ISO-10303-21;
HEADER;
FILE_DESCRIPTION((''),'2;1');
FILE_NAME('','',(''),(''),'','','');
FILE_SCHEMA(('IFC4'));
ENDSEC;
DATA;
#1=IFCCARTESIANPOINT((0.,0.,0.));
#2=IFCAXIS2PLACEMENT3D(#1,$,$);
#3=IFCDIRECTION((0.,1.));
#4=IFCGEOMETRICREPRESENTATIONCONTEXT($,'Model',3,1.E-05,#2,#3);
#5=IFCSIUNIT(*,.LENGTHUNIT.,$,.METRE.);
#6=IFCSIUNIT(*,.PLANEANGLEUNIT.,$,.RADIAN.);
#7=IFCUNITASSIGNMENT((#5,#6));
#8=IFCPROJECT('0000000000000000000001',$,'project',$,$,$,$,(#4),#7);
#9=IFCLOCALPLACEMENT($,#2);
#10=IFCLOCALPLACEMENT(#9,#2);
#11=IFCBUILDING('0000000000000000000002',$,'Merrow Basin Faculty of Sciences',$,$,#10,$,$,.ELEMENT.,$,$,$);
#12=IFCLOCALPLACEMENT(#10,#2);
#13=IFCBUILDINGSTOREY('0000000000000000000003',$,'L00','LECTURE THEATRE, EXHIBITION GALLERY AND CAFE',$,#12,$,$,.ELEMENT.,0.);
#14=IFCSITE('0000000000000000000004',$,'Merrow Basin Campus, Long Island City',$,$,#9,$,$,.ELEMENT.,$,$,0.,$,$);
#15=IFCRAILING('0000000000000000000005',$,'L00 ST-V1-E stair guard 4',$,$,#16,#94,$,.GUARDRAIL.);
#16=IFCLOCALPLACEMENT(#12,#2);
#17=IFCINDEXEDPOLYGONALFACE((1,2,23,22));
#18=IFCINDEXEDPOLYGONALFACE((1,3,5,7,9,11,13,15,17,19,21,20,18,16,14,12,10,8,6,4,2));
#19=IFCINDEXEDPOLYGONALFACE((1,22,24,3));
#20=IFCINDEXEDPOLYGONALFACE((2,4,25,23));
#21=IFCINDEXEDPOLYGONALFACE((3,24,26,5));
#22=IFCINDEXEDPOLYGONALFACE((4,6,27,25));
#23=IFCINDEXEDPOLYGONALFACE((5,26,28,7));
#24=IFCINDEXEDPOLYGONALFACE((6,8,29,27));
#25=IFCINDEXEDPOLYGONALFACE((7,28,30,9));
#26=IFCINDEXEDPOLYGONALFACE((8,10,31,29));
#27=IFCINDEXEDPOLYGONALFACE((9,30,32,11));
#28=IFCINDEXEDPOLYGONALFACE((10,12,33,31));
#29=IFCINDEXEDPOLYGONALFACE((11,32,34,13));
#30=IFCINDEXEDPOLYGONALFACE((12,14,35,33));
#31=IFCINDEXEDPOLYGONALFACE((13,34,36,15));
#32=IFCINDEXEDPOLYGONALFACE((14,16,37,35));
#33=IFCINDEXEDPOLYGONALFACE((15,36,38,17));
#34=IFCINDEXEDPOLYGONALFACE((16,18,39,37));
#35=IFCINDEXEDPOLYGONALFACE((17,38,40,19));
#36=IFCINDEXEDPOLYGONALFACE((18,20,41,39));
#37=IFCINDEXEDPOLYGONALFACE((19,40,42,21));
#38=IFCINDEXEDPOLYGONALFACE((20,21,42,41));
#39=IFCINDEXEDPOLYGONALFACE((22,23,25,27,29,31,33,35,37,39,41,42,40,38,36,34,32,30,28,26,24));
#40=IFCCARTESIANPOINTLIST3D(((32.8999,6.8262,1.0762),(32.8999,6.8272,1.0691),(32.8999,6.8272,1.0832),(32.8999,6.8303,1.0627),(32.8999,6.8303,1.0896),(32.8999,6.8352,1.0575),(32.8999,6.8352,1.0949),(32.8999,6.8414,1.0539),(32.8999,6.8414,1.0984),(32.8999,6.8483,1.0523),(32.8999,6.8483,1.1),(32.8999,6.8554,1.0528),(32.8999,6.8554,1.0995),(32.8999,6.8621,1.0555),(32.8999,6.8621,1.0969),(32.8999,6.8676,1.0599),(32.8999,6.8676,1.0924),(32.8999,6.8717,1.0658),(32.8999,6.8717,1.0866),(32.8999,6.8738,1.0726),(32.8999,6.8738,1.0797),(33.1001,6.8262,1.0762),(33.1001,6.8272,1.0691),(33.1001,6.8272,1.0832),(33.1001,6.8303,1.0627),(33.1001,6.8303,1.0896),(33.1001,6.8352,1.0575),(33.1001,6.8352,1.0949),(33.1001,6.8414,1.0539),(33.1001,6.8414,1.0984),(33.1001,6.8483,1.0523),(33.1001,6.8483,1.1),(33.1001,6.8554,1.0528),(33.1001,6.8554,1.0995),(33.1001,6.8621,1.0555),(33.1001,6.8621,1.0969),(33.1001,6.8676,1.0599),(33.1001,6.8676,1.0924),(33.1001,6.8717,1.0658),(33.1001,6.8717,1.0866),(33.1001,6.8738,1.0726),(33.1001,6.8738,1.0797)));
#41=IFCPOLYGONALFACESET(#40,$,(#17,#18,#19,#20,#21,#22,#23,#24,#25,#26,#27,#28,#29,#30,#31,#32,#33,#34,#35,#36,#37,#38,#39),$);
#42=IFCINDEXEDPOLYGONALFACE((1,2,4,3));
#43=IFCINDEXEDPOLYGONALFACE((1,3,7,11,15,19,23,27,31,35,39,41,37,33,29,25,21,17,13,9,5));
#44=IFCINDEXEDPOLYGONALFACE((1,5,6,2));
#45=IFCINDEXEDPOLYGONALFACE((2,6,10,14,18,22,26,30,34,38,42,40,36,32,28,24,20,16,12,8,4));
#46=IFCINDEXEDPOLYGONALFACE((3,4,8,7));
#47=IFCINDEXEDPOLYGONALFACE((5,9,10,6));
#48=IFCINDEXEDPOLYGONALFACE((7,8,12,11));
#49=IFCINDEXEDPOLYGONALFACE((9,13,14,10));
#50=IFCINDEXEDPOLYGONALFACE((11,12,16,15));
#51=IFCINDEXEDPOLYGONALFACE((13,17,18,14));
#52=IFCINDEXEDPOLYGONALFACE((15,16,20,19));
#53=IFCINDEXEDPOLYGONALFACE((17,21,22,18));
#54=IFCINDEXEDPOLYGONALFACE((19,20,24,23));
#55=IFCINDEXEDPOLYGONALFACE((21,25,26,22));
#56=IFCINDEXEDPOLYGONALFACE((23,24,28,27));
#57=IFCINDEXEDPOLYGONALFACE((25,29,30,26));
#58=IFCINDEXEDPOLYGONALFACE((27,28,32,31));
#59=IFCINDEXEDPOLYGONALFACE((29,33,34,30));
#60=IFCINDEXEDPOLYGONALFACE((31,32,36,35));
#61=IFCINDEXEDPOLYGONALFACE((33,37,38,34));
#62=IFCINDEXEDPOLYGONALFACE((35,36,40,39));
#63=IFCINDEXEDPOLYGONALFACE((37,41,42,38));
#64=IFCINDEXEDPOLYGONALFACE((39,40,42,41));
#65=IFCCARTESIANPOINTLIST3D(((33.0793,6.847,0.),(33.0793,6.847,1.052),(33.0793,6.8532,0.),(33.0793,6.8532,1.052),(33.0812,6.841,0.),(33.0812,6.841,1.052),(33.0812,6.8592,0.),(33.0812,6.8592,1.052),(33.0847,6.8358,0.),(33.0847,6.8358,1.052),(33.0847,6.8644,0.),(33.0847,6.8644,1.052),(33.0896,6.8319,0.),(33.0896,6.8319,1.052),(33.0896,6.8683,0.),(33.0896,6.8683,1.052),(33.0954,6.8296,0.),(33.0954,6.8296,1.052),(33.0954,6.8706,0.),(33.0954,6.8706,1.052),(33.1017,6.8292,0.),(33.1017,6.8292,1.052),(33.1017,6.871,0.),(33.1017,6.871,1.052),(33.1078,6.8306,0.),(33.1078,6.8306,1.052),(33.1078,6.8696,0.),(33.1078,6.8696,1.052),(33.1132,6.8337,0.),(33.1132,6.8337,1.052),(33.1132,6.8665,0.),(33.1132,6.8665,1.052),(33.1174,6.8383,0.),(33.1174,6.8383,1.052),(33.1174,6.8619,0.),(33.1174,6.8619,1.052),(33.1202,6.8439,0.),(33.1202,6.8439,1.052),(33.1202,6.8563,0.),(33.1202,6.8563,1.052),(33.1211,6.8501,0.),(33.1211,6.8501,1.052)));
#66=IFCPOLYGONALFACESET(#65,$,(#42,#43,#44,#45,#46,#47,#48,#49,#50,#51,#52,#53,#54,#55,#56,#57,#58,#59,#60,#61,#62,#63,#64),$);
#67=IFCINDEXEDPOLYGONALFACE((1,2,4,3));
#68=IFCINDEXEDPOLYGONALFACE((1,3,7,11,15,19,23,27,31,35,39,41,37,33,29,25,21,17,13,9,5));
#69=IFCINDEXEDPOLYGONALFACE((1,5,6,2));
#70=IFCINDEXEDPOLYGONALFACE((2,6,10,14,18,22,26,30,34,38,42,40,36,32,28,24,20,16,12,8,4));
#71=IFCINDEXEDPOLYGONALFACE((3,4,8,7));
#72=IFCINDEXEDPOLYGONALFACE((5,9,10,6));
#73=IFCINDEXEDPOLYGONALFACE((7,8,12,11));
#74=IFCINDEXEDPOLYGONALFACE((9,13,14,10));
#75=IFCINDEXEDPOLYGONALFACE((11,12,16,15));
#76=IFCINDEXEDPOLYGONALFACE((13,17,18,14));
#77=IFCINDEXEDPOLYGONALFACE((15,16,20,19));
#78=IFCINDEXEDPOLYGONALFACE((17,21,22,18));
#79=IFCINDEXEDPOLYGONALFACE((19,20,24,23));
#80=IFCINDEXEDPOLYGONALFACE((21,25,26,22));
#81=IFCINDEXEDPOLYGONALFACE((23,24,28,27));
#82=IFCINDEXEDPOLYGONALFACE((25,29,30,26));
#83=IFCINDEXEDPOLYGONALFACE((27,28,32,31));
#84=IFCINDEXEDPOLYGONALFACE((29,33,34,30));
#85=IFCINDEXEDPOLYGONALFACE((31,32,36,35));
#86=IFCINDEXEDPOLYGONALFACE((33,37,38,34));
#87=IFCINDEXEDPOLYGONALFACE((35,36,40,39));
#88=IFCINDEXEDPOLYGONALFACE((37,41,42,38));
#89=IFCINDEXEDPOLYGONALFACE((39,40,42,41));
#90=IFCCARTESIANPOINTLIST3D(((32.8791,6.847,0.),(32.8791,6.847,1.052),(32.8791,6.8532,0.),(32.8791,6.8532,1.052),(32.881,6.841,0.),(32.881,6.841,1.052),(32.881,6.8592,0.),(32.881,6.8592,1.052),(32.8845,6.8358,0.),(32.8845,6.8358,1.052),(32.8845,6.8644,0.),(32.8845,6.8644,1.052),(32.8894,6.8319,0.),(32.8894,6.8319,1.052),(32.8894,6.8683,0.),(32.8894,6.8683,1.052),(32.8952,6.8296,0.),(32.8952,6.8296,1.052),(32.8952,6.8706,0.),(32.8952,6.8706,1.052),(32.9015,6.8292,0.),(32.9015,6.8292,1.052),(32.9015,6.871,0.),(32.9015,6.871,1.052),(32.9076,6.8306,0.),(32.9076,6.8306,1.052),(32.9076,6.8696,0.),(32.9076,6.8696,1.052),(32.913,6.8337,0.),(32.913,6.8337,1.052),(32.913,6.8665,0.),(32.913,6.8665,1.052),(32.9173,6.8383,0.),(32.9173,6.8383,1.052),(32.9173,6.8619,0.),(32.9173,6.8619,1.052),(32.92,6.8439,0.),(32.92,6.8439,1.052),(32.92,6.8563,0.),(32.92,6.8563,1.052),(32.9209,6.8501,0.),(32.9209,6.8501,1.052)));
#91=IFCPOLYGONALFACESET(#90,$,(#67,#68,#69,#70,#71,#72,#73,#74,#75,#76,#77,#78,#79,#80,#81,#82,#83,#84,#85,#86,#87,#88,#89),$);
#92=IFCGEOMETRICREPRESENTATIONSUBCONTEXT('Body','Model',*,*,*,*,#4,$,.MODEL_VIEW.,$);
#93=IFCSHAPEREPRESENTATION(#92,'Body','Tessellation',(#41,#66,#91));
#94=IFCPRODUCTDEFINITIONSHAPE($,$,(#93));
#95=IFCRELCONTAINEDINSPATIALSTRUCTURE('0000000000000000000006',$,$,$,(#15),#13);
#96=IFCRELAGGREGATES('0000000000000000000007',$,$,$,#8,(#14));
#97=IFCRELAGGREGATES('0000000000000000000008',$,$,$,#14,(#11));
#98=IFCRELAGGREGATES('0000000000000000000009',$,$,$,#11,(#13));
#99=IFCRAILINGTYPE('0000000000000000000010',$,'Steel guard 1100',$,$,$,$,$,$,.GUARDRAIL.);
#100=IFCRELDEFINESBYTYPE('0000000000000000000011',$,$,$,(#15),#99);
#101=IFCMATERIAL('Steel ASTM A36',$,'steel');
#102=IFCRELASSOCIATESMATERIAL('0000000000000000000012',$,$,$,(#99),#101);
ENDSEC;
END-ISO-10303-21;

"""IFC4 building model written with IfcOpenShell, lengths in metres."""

from ifc_helpers import new_model, si_unit, direction, frame, origin, origin_2d, place, context, subcontext, project, spatial, circle, extrude, material, type_object, element, save


model = new_model("IFC4")

# Units and contexts
model_context = context("Model", 3, precision=1e-05, world=origin(), true_north=direction((0.0, 1.0)))
body_context = subcontext(model_context, "Body", "Model", "MODEL_VIEW")
ifc_project = project(units=[si_unit("LENGTHUNIT", "METRE"), si_unit("PLANEANGLEUNIT", "RADIAN")], contexts=[model_context])

# Site, building, storey
site_placement = place(None, origin())
site = spatial("IfcSite", under=ifc_project, at=site_placement, Name="Merrow Basin Campus, Long Island City", CompositionType="ELEMENT", RefElevation=0.0)
building_placement = place(site_placement, origin())
building = spatial("IfcBuilding", under=site, at=building_placement, Name="Merrow Basin Faculty of Sciences", CompositionType="ELEMENT")
storey_placement = place(building_placement, origin())
storey = spatial("IfcBuildingStorey", under=building, at=storey_placement, Name="L00", Description="LECTURE THEATRE, EXHIBITION GALLERY AND CAFE", CompositionType="ELEMENT", Elevation=0.0)

# Railing
ifc_material_1 = material(Name="Steel ASTM A36", Category="steel")
railing_type_1 = type_object("IfcRailingType", Name="Steel guard 1100", PredefinedType="GUARDRAIL", material=ifc_material_1)
railing_1_placement = place(storey_placement, frame((33.1001, 6.8501, 0.0)))
element("IfcRailing", 1, at=railing_1_placement, inside=storey, type_object=railing_type_1, Name="L00 ST-V1-E stair guard 4", PredefinedType="GUARDRAIL", context=body_context, shape_type="SweptSolid", body=[
    extrude(circle(Radius=0.0239, at=origin_2d()), frame((0.0, 0.0, 1.0762), z_axis=(-1.0, 0.0, 0.0), x_axis=(0.0, -1.0, 0.0)), (0.0, 0.0, 1.0), 0.2002),
    extrude(circle(Radius=0.021, at=origin_2d()), origin(), (0.0, 0.0, 1.0), 1.052),
    extrude(circle(Radius=0.021, at=origin_2d()), frame((-0.2002, 0.0, 0.0)), (0.0, 0.0, 1.0), 1.052),
])

save(model, "model.ifc")
